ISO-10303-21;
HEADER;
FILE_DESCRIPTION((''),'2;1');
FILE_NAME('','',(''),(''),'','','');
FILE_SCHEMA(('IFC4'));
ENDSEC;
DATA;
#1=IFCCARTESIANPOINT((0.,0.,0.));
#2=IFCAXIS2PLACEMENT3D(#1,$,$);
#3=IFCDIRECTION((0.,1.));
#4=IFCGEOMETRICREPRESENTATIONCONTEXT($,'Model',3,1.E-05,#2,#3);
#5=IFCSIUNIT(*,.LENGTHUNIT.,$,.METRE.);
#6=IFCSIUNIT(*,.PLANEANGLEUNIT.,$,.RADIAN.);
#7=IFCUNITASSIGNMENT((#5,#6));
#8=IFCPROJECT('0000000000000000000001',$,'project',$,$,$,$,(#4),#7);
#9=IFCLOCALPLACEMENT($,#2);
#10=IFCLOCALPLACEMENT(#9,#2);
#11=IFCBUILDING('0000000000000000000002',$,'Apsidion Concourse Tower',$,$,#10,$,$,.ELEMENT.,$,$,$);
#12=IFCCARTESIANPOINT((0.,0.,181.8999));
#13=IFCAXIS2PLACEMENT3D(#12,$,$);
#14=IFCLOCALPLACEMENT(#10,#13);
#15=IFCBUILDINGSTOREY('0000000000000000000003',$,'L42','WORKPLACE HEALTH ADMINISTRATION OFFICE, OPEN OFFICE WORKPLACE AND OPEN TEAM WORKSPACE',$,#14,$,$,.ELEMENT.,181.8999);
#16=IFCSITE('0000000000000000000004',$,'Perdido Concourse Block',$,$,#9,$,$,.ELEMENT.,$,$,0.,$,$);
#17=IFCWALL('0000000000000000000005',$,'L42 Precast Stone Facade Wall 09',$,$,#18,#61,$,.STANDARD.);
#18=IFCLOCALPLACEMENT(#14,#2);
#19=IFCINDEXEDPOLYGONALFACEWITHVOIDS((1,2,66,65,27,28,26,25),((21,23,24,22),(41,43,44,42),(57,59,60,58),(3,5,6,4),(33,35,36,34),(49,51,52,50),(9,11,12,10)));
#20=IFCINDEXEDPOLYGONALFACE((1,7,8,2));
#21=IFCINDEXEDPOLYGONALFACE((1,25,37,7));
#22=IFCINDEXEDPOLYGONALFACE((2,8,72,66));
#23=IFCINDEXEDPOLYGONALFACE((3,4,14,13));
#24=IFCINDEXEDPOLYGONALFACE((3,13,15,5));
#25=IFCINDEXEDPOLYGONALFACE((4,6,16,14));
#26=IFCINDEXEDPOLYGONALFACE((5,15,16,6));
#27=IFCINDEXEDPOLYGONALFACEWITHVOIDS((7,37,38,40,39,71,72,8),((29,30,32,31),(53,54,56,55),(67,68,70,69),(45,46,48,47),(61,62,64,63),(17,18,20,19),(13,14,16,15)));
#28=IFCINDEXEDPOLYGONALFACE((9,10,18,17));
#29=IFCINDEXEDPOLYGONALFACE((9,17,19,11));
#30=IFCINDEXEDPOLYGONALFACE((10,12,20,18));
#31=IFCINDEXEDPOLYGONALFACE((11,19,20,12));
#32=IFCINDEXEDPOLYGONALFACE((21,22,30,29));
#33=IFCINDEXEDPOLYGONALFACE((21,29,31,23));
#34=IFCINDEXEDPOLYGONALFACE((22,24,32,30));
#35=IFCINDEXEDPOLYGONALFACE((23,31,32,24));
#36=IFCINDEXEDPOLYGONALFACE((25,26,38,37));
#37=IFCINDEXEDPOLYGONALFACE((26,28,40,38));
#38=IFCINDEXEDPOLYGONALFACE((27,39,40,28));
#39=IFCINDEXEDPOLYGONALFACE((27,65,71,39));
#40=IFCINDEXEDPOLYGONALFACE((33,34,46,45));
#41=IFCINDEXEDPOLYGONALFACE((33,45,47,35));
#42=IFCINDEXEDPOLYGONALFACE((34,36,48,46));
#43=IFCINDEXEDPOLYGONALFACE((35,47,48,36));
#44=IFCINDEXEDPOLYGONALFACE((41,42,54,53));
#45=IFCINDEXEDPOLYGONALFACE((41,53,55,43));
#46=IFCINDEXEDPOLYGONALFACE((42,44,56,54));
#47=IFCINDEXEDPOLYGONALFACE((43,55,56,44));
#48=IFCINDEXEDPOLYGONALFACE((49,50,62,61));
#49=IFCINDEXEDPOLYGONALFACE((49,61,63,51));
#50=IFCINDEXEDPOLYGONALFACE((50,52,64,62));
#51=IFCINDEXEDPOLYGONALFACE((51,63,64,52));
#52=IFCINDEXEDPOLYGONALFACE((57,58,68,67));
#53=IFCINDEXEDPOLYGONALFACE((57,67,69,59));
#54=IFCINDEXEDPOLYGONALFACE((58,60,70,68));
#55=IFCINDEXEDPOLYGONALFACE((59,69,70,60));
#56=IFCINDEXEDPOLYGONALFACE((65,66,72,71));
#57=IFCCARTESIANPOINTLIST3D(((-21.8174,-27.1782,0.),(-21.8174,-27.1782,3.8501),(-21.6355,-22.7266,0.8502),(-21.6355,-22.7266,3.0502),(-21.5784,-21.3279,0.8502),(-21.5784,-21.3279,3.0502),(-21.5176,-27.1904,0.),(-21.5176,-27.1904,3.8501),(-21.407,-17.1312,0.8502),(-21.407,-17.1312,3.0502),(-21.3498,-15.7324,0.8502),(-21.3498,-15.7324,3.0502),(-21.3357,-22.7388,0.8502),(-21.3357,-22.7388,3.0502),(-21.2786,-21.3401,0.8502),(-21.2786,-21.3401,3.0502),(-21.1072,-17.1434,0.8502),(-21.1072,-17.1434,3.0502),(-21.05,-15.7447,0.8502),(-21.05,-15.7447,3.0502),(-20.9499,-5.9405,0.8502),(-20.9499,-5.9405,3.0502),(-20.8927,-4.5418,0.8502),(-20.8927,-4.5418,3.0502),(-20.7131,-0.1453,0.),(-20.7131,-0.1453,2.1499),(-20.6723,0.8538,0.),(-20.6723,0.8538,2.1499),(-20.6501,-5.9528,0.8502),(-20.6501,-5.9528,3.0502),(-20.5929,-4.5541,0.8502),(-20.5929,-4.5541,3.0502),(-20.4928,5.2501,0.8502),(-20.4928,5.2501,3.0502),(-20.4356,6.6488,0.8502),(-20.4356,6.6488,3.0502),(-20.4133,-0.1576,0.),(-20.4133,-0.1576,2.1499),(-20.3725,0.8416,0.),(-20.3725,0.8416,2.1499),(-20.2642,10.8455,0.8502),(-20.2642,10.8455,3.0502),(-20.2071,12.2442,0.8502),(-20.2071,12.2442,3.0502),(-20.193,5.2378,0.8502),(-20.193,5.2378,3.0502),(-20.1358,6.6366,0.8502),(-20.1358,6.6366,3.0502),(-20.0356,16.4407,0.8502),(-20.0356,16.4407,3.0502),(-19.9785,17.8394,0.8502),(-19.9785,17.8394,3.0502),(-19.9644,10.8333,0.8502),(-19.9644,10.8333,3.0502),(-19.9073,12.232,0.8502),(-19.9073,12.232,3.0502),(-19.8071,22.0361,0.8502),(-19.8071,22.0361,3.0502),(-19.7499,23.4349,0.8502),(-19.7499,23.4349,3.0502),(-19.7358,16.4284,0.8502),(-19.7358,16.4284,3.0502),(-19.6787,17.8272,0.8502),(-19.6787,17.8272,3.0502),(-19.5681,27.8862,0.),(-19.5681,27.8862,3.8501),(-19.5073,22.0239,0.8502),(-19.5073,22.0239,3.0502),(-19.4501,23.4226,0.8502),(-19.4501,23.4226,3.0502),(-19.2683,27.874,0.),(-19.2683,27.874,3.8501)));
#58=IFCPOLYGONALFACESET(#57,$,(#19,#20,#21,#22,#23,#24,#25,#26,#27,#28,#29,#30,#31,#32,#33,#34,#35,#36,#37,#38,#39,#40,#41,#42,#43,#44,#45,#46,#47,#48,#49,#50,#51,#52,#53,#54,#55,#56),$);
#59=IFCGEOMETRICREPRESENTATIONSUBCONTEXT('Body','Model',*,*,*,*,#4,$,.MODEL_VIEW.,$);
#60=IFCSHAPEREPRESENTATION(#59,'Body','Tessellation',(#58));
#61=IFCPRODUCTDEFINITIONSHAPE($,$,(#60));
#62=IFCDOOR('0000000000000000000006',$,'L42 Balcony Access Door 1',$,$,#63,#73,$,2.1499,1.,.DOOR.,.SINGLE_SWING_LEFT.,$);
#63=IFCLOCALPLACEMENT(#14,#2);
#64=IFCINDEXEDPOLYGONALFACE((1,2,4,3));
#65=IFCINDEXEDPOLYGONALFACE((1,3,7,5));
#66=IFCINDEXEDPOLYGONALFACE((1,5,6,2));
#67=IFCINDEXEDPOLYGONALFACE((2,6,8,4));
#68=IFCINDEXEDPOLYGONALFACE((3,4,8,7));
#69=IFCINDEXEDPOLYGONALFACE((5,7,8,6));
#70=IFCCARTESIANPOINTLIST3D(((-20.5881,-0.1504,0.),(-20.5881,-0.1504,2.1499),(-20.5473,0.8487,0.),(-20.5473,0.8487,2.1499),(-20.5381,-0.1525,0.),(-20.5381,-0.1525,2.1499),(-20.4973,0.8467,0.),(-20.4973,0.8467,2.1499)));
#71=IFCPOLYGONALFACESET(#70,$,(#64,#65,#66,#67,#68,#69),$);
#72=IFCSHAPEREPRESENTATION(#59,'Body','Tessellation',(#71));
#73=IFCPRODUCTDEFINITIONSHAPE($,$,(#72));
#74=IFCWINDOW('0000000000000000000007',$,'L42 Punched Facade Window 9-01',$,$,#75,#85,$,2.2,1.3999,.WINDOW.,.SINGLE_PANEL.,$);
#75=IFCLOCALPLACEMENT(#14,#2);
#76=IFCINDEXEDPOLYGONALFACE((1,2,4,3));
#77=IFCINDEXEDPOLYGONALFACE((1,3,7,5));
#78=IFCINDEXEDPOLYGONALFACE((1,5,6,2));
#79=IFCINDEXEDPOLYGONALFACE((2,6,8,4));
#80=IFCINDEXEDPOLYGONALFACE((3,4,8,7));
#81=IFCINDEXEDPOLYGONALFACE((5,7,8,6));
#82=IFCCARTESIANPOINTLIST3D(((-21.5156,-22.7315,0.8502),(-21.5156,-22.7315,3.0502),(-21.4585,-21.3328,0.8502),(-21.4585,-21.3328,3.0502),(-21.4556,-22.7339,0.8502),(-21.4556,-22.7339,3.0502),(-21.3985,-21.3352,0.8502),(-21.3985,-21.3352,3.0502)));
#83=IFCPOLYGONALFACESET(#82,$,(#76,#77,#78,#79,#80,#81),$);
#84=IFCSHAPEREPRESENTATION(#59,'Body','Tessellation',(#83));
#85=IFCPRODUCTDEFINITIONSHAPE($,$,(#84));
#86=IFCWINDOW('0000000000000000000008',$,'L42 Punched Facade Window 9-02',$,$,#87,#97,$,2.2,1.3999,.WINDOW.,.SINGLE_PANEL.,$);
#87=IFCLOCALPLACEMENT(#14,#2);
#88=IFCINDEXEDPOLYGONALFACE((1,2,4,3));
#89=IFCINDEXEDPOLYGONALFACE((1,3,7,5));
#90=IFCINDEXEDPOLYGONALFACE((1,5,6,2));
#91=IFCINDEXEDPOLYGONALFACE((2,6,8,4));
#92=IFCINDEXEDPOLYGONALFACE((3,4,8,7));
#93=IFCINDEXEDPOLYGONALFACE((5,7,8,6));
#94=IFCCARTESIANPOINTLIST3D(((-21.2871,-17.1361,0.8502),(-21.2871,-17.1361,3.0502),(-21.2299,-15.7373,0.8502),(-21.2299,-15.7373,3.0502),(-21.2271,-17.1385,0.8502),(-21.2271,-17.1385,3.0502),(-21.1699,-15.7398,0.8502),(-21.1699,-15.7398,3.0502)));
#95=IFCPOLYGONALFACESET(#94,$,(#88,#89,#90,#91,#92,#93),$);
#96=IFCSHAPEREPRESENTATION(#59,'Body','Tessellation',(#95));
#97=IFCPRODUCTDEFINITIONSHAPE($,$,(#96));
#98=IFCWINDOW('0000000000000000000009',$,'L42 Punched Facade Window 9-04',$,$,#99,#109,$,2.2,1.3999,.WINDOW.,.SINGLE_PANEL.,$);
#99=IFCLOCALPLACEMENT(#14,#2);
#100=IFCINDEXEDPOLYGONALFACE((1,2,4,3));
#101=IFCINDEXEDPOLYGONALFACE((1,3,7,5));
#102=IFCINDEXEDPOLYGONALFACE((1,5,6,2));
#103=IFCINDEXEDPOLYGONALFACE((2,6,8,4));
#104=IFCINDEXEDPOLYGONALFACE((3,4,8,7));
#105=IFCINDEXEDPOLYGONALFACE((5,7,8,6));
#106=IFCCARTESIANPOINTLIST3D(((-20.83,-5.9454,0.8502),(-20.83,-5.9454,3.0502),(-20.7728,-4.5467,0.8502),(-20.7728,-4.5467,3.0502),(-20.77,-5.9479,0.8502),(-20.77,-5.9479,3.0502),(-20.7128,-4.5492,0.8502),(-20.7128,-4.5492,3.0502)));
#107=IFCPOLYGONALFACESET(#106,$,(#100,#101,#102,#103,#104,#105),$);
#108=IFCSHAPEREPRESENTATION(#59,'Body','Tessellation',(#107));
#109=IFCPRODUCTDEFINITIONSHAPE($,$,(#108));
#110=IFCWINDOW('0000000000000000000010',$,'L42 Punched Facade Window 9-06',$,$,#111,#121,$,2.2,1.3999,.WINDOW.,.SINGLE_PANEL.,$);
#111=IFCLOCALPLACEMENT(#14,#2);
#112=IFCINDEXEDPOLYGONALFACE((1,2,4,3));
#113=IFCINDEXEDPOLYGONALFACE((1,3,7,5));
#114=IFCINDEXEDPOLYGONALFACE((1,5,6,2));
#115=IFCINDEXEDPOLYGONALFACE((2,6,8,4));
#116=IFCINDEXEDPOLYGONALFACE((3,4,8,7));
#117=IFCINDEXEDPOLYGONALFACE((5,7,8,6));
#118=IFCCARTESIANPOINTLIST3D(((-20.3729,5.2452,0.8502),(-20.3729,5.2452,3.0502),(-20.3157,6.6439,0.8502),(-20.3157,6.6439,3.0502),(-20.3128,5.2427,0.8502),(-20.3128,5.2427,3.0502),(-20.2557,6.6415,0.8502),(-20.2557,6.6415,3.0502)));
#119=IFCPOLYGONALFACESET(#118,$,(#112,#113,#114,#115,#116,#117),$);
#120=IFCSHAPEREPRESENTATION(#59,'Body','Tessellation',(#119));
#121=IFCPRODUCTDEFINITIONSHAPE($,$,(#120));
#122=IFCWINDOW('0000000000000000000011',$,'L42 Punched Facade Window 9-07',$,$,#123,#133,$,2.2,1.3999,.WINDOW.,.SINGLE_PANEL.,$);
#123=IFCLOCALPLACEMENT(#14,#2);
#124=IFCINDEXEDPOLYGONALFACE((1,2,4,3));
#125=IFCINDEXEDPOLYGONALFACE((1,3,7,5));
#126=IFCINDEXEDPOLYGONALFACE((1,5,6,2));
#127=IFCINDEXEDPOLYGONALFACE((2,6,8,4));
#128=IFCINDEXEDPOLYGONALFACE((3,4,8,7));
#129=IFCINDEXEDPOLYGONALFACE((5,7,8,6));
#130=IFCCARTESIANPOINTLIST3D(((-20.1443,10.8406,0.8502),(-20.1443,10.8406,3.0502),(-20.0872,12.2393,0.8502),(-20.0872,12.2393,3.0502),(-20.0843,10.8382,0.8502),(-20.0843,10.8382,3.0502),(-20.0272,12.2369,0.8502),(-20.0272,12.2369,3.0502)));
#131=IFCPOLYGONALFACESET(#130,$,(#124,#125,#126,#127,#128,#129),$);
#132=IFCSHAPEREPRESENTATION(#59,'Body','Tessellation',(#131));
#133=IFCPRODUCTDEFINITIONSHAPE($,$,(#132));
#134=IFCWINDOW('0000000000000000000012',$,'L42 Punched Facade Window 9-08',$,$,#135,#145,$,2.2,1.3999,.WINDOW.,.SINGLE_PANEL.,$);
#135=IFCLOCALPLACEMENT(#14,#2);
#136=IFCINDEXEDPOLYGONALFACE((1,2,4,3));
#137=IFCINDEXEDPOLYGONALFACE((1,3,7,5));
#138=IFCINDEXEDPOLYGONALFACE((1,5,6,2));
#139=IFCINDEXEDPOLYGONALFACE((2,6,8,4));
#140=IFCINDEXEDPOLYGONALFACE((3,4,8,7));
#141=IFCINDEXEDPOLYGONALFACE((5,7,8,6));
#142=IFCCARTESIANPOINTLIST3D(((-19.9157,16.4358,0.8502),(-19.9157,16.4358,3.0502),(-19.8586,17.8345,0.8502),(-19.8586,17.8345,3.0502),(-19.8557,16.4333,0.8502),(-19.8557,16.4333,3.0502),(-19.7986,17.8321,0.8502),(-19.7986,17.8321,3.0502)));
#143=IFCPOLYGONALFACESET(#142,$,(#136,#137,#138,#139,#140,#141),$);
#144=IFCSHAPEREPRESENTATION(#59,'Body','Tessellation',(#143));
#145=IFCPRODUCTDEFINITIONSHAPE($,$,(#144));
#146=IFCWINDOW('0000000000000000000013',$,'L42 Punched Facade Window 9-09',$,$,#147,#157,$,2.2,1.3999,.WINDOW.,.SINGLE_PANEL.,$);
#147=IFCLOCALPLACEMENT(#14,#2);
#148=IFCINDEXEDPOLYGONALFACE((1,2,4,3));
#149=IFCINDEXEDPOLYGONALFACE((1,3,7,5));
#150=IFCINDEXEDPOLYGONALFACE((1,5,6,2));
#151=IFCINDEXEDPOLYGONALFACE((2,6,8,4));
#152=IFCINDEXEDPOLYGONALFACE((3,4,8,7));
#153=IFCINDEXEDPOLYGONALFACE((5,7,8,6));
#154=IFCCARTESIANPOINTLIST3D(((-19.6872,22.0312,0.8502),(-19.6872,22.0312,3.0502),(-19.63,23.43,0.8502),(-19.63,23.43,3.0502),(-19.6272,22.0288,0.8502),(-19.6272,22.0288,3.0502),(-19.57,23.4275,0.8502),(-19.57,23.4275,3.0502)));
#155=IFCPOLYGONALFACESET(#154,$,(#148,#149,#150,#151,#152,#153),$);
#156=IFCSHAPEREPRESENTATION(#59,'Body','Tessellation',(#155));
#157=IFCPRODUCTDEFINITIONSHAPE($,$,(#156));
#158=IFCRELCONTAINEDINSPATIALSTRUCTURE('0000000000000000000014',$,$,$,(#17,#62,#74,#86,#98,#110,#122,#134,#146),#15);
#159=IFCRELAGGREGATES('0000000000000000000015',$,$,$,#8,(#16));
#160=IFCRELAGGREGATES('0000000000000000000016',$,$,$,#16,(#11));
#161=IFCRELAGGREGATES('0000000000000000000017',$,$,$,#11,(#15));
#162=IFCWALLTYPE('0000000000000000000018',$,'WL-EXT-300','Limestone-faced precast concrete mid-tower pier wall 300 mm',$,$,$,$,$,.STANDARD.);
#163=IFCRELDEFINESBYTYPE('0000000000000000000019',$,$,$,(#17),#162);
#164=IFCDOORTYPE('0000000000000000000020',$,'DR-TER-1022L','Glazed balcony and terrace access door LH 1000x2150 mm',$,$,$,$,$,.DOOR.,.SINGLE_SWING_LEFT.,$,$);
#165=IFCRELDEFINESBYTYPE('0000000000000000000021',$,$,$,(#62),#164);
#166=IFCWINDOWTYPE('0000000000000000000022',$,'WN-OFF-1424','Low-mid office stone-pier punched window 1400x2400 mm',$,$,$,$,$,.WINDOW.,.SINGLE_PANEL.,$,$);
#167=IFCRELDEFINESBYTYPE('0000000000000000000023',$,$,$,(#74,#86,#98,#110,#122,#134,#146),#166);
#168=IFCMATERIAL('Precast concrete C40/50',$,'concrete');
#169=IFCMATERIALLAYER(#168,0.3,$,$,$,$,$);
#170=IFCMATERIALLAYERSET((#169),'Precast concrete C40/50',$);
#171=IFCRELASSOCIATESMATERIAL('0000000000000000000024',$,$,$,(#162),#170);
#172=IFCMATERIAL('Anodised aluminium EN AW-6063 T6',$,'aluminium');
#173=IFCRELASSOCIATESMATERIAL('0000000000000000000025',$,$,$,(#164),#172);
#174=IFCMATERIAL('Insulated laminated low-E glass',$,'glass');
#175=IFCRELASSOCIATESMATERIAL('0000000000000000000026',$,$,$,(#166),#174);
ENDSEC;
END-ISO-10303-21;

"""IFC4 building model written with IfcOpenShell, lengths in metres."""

from ifc_helpers import new_model, si_unit, direction, frame, frame_2d, origin, place, context, subcontext, project, spatial, rectangle, extrude, material, layer, layer_set, type_object, element, fill, save


model = new_model("IFC4")

# Units and contexts
model_context = context("Model", 3, precision=1e-05, world=origin(), true_north=direction((0.0, 1.0)))
body_context = subcontext(model_context, "Body", "Model", "MODEL_VIEW")
ifc_project = project(units=[si_unit("LENGTHUNIT", "METRE"), si_unit("PLANEANGLEUNIT", "RADIAN")], contexts=[model_context])

# Site, building, storey
site_placement = place(None, origin())
site = spatial("IfcSite", under=ifc_project, at=site_placement, Name="Perdido Concourse Block", CompositionType="ELEMENT", RefElevation=0.0)
building_placement = place(site_placement, origin())
building = spatial("IfcBuilding", under=site, at=building_placement, Name="Apsidion Concourse Tower", CompositionType="ELEMENT")
storey_placement = place(building_placement, frame((0.0, 0.0, 181.8999)))
storey = spatial("IfcBuildingStorey", under=building, at=storey_placement, Name="L42", Description="WORKPLACE HEALTH ADMINISTRATION OFFICE, OPEN OFFICE WORKPLACE AND OPEN TEAM WORKSPACE", CompositionType="ELEMENT", Elevation=181.8999)

# Shared definitions
ifc_material_1 = material(Name="Precast concrete C40/50", Category="concrete")
ifc_layer_1 = layer(ifc_material_1, 0.3)
ifc_layer_set_1 = layer_set([ifc_layer_1], Name="Precast concrete C40/50")
wall_type_1 = type_object("IfcWallType", Name="WL-EXT-300", Description="Limestone-faced precast concrete mid-tower pier wall 300 mm", PredefinedType="STANDARD", material=ifc_layer_set_1)

# Wall, openings, door, windows
wall_1_placement = place(storey_placement, frame((-21.6675, -27.1843, 0.0), z_axis=(0.0, 0.0, 1.0), x_axis=(0.040814, 0.999167, 0.0)))
wall_1 = element("IfcWall", 1, at=wall_1_placement, inside=storey, type_object=wall_type_1, Name="L42 Precast Stone Facade Wall 09", PredefinedType="STANDARD", context=body_context, shape_type="SweptSolid", body=[
    extrude(rectangle(XDim=55.1104, YDim=0.3, at=frame_2d((27.5552, 0.0))), origin(), (0.0, 0.0, 1.0), 3.8501),
])
opening_1_placement = place(wall_1_placement, frame((27.0554, 0.0, 0.0)))
opening_1 = element("IfcOpeningElement", 2, at=opening_1_placement, cuts=wall_1, PredefinedType="OPENING", context=body_context, shape_type="SweptSolid", body=[
    extrude(rectangle(XDim=1.0, YDim=2.1499, at=frame_2d((0.5, 1.075))), frame((0.0, 0.1602, 0.0), z_axis=(0.0, -1.0, 0.0), x_axis=(1.0, 0.0, 0.0)), (0.0, 0.0, 1.0), 0.3201),
])
opening_2_placement = place(wall_1_placement, frame((4.4553, 0.0, 0.8501)))
opening_2 = element("IfcOpeningElement", 3, at=opening_2_placement, cuts=wall_1, PredefinedType="OPENING", context=body_context, shape_type="SweptSolid", body=[
    extrude(rectangle(XDim=1.3999, YDim=2.2, at=frame_2d((0.7, 1.1001))), frame((0.0, 0.1602, 0.0), z_axis=(0.0, -1.0, 0.0), x_axis=(1.0, 0.0, 0.0)), (0.0, 0.0, 1.0), 0.3201),
])
opening_3_placement = place(wall_1_placement, frame((10.0554, 0.0, 0.8501)))
opening_3 = element("IfcOpeningElement", 4, at=opening_3_placement, cuts=wall_1, PredefinedType="OPENING", context=body_context, shape_type="SweptSolid", body=[
    extrude(rectangle(XDim=1.3999, YDim=2.2, at=frame_2d((0.7, 1.1001))), frame((0.0, 0.1602, 0.0), z_axis=(0.0, -1.0, 0.0), x_axis=(1.0, 0.0, 0.0)), (0.0, 0.0, 1.0), 0.3201),
])
opening_4_placement = place(wall_1_placement, frame((21.2554, 0.0, 0.8501)))
opening_4 = element("IfcOpeningElement", 5, at=opening_4_placement, cuts=wall_1, PredefinedType="OPENING", context=body_context, shape_type="SweptSolid", body=[
    extrude(rectangle(XDim=1.3999, YDim=2.2, at=frame_2d((0.7, 1.1001))), frame((0.0, 0.1602, 0.0), z_axis=(0.0, -1.0, 0.0), x_axis=(1.0, 0.0, 0.0)), (0.0, 0.0, 1.0), 0.3201),
])
opening_5_placement = place(wall_1_placement, frame((32.4553, 0.0, 0.8501)))
opening_5 = element("IfcOpeningElement", 6, at=opening_5_placement, cuts=wall_1, PredefinedType="OPENING", context=body_context, shape_type="SweptSolid", body=[
    extrude(rectangle(XDim=1.3999, YDim=2.2, at=frame_2d((0.7, 1.1001))), frame((0.0, 0.1602, 0.0), z_axis=(0.0, -1.0, 0.0), x_axis=(1.0, 0.0, 0.0)), (0.0, 0.0, 1.0), 0.3201),
])
opening_6_placement = place(wall_1_placement, frame((38.0554, 0.0, 0.8501)))
opening_6 = element("IfcOpeningElement", 7, at=opening_6_placement, cuts=wall_1, PredefinedType="OPENING", context=body_context, shape_type="SweptSolid", body=[
    extrude(rectangle(XDim=1.3999, YDim=2.2, at=frame_2d((0.7, 1.1001))), frame((0.0, 0.1602, 0.0), z_axis=(0.0, -1.0, 0.0), x_axis=(1.0, 0.0, 0.0)), (0.0, 0.0, 1.0), 0.3201),
])
opening_7_placement = place(wall_1_placement, frame((43.6553, 0.0, 0.8501)))
opening_7 = element("IfcOpeningElement", 8, at=opening_7_placement, cuts=wall_1, PredefinedType="OPENING", context=body_context, shape_type="SweptSolid", body=[
    extrude(rectangle(XDim=1.3999, YDim=2.2, at=frame_2d((0.7, 1.1001))), frame((0.0, 0.1602, 0.0), z_axis=(0.0, -1.0, 0.0), x_axis=(1.0, 0.0, 0.0)), (0.0, 0.0, 1.0), 0.3201),
])
opening_8_placement = place(wall_1_placement, frame((49.2554, 0.0, 0.8501)))
opening_8 = element("IfcOpeningElement", 9, at=opening_8_placement, cuts=wall_1, PredefinedType="OPENING", context=body_context, shape_type="SweptSolid", body=[
    extrude(rectangle(XDim=1.3999, YDim=2.2, at=frame_2d((0.7, 1.1001))), frame((0.0, 0.1602, 0.0), z_axis=(0.0, -1.0, 0.0), x_axis=(1.0, 0.0, 0.0)), (0.0, 0.0, 1.0), 0.3201),
])
ifc_material_2 = material(Name="Anodised aluminium EN AW-6063 T6", Category="aluminium")
door_type_1 = type_object("IfcDoorType", Name="DR-TER-1022L", Description="Glazed balcony and terrace access door LH 1000x2150 mm", OperationType="SINGLE_SWING_LEFT", PredefinedType="DOOR", material=ifc_material_2)
door_1_placement = place(opening_1_placement, origin())
door_1 = element("IfcDoor", 10, at=door_1_placement, inside=storey, type_object=door_type_1, Name="L42 Balcony Access Door 1", OperationType="SINGLE_SWING_LEFT", OverallHeight=2.1499, OverallWidth=1.0, PredefinedType="DOOR", context=body_context, shape_type="SweptSolid", body=[
    extrude(rectangle(XDim=1.0, YDim=2.1499, at=frame_2d((0.5, 1.075))), frame((0.0, 0.0249, 0.0), z_axis=(0.0, -1.0, 0.0), x_axis=(1.0, 0.0, 0.0)), (0.0, 0.0, 1.0), 0.05),
])
fill(opening_1, door_1)
ifc_material_3 = material(Name="Insulated laminated low-E glass", Category="glass")
window_type = type_object("IfcWindowType", Name="WN-OFF-1424", Description="Low-mid office stone-pier punched window 1400x2400 mm", PartitioningType="SINGLE_PANEL", PredefinedType="WINDOW", material=ifc_material_3)
window_1_placement = place(opening_2_placement, origin())
window_1 = element("IfcWindow", 11, at=window_1_placement, inside=storey, type_object=window_type, Name="L42 Punched Facade Window 9-01", OverallHeight=2.2, OverallWidth=1.3999, PartitioningType="SINGLE_PANEL", PredefinedType="WINDOW", context=body_context, shape_type="SweptSolid", body=[
    extrude(rectangle(XDim=1.3999, YDim=2.2, at=frame_2d((0.7, 1.1001))), frame((0.0, 0.03, 0.0), z_axis=(0.0, -1.0, 0.0), x_axis=(1.0, 0.0, 0.0)), (0.0, 0.0, 1.0), 0.0601),
])
fill(opening_2, window_1)
window_2_placement = place(opening_3_placement, origin())
window_2 = element("IfcWindow", 12, at=window_2_placement, inside=storey, type_object=window_type, Name="L42 Punched Facade Window 9-02", OverallHeight=2.2, OverallWidth=1.3999, PartitioningType="SINGLE_PANEL", PredefinedType="WINDOW", context=body_context, shape_type="SweptSolid", body=[
    extrude(rectangle(XDim=1.3999, YDim=2.2, at=frame_2d((0.7, 1.1001))), frame((0.0, 0.03, 0.0), z_axis=(0.0, -1.0, 0.0), x_axis=(1.0, 0.0, 0.0)), (0.0, 0.0, 1.0), 0.0601),
])
fill(opening_3, window_2)
window_3_placement = place(opening_4_placement, origin())
window_3 = element("IfcWindow", 13, at=window_3_placement, inside=storey, type_object=window_type, Name="L42 Punched Facade Window 9-04", OverallHeight=2.2, OverallWidth=1.3999, PartitioningType="SINGLE_PANEL", PredefinedType="WINDOW", context=body_context, shape_type="SweptSolid", body=[
    extrude(rectangle(XDim=1.3999, YDim=2.2, at=frame_2d((0.7, 1.1001))), frame((0.0, 0.03, 0.0), z_axis=(0.0, -1.0, 0.0), x_axis=(1.0, 0.0, 0.0)), (0.0, 0.0, 1.0), 0.0601),
])
fill(opening_4, window_3)
window_4_placement = place(opening_5_placement, origin())
window_4 = element("IfcWindow", 14, at=window_4_placement, inside=storey, type_object=window_type, Name="L42 Punched Facade Window 9-06", OverallHeight=2.2, OverallWidth=1.3999, PartitioningType="SINGLE_PANEL", PredefinedType="WINDOW", context=body_context, shape_type="SweptSolid", body=[
    extrude(rectangle(XDim=1.3999, YDim=2.2, at=frame_2d((0.7, 1.1001))), frame((0.0, 0.03, 0.0), z_axis=(0.0, -1.0, 0.0), x_axis=(1.0, 0.0, 0.0)), (0.0, 0.0, 1.0), 0.0601),
])
fill(opening_5, window_4)
window_5_placement = place(opening_6_placement, origin())
window_5 = element("IfcWindow", 15, at=window_5_placement, inside=storey, type_object=window_type, Name="L42 Punched Facade Window 9-07", OverallHeight=2.2, OverallWidth=1.3999, PartitioningType="SINGLE_PANEL", PredefinedType="WINDOW", context=body_context, shape_type="SweptSolid", body=[
    extrude(rectangle(XDim=1.3999, YDim=2.2, at=frame_2d((0.7, 1.1001))), frame((0.0, 0.03, 0.0), z_axis=(0.0, -1.0, 0.0), x_axis=(1.0, 0.0, 0.0)), (0.0, 0.0, 1.0), 0.0601),
])
fill(opening_6, window_5)
window_6_placement = place(opening_7_placement, origin())
window_6 = element("IfcWindow", 16, at=window_6_placement, inside=storey, type_object=window_type, Name="L42 Punched Facade Window 9-08", OverallHeight=2.2, OverallWidth=1.3999, PartitioningType="SINGLE_PANEL", PredefinedType="WINDOW", context=body_context, shape_type="SweptSolid", body=[
    extrude(rectangle(XDim=1.3999, YDim=2.2, at=frame_2d((0.7, 1.1001))), frame((0.0, 0.03, 0.0), z_axis=(0.0, -1.0, 0.0), x_axis=(1.0, 0.0, 0.0)), (0.0, 0.0, 1.0), 0.0601),
])
fill(opening_7, window_6)
window_7_placement = place(opening_8_placement, origin())
window_7 = element("IfcWindow", 17, at=window_7_placement, inside=storey, type_object=window_type, Name="L42 Punched Facade Window 9-09", OverallHeight=2.2, OverallWidth=1.3999, PartitioningType="SINGLE_PANEL", PredefinedType="WINDOW", context=body_context, shape_type="SweptSolid", body=[
    extrude(rectangle(XDim=1.3999, YDim=2.2, at=frame_2d((0.7, 1.1001))), frame((0.0, 0.03, 0.0), z_axis=(0.0, -1.0, 0.0), x_axis=(1.0, 0.0, 0.0)), (0.0, 0.0, 1.0), 0.0601),
])
fill(opening_8, window_7)

save(model, "model.ifc")
